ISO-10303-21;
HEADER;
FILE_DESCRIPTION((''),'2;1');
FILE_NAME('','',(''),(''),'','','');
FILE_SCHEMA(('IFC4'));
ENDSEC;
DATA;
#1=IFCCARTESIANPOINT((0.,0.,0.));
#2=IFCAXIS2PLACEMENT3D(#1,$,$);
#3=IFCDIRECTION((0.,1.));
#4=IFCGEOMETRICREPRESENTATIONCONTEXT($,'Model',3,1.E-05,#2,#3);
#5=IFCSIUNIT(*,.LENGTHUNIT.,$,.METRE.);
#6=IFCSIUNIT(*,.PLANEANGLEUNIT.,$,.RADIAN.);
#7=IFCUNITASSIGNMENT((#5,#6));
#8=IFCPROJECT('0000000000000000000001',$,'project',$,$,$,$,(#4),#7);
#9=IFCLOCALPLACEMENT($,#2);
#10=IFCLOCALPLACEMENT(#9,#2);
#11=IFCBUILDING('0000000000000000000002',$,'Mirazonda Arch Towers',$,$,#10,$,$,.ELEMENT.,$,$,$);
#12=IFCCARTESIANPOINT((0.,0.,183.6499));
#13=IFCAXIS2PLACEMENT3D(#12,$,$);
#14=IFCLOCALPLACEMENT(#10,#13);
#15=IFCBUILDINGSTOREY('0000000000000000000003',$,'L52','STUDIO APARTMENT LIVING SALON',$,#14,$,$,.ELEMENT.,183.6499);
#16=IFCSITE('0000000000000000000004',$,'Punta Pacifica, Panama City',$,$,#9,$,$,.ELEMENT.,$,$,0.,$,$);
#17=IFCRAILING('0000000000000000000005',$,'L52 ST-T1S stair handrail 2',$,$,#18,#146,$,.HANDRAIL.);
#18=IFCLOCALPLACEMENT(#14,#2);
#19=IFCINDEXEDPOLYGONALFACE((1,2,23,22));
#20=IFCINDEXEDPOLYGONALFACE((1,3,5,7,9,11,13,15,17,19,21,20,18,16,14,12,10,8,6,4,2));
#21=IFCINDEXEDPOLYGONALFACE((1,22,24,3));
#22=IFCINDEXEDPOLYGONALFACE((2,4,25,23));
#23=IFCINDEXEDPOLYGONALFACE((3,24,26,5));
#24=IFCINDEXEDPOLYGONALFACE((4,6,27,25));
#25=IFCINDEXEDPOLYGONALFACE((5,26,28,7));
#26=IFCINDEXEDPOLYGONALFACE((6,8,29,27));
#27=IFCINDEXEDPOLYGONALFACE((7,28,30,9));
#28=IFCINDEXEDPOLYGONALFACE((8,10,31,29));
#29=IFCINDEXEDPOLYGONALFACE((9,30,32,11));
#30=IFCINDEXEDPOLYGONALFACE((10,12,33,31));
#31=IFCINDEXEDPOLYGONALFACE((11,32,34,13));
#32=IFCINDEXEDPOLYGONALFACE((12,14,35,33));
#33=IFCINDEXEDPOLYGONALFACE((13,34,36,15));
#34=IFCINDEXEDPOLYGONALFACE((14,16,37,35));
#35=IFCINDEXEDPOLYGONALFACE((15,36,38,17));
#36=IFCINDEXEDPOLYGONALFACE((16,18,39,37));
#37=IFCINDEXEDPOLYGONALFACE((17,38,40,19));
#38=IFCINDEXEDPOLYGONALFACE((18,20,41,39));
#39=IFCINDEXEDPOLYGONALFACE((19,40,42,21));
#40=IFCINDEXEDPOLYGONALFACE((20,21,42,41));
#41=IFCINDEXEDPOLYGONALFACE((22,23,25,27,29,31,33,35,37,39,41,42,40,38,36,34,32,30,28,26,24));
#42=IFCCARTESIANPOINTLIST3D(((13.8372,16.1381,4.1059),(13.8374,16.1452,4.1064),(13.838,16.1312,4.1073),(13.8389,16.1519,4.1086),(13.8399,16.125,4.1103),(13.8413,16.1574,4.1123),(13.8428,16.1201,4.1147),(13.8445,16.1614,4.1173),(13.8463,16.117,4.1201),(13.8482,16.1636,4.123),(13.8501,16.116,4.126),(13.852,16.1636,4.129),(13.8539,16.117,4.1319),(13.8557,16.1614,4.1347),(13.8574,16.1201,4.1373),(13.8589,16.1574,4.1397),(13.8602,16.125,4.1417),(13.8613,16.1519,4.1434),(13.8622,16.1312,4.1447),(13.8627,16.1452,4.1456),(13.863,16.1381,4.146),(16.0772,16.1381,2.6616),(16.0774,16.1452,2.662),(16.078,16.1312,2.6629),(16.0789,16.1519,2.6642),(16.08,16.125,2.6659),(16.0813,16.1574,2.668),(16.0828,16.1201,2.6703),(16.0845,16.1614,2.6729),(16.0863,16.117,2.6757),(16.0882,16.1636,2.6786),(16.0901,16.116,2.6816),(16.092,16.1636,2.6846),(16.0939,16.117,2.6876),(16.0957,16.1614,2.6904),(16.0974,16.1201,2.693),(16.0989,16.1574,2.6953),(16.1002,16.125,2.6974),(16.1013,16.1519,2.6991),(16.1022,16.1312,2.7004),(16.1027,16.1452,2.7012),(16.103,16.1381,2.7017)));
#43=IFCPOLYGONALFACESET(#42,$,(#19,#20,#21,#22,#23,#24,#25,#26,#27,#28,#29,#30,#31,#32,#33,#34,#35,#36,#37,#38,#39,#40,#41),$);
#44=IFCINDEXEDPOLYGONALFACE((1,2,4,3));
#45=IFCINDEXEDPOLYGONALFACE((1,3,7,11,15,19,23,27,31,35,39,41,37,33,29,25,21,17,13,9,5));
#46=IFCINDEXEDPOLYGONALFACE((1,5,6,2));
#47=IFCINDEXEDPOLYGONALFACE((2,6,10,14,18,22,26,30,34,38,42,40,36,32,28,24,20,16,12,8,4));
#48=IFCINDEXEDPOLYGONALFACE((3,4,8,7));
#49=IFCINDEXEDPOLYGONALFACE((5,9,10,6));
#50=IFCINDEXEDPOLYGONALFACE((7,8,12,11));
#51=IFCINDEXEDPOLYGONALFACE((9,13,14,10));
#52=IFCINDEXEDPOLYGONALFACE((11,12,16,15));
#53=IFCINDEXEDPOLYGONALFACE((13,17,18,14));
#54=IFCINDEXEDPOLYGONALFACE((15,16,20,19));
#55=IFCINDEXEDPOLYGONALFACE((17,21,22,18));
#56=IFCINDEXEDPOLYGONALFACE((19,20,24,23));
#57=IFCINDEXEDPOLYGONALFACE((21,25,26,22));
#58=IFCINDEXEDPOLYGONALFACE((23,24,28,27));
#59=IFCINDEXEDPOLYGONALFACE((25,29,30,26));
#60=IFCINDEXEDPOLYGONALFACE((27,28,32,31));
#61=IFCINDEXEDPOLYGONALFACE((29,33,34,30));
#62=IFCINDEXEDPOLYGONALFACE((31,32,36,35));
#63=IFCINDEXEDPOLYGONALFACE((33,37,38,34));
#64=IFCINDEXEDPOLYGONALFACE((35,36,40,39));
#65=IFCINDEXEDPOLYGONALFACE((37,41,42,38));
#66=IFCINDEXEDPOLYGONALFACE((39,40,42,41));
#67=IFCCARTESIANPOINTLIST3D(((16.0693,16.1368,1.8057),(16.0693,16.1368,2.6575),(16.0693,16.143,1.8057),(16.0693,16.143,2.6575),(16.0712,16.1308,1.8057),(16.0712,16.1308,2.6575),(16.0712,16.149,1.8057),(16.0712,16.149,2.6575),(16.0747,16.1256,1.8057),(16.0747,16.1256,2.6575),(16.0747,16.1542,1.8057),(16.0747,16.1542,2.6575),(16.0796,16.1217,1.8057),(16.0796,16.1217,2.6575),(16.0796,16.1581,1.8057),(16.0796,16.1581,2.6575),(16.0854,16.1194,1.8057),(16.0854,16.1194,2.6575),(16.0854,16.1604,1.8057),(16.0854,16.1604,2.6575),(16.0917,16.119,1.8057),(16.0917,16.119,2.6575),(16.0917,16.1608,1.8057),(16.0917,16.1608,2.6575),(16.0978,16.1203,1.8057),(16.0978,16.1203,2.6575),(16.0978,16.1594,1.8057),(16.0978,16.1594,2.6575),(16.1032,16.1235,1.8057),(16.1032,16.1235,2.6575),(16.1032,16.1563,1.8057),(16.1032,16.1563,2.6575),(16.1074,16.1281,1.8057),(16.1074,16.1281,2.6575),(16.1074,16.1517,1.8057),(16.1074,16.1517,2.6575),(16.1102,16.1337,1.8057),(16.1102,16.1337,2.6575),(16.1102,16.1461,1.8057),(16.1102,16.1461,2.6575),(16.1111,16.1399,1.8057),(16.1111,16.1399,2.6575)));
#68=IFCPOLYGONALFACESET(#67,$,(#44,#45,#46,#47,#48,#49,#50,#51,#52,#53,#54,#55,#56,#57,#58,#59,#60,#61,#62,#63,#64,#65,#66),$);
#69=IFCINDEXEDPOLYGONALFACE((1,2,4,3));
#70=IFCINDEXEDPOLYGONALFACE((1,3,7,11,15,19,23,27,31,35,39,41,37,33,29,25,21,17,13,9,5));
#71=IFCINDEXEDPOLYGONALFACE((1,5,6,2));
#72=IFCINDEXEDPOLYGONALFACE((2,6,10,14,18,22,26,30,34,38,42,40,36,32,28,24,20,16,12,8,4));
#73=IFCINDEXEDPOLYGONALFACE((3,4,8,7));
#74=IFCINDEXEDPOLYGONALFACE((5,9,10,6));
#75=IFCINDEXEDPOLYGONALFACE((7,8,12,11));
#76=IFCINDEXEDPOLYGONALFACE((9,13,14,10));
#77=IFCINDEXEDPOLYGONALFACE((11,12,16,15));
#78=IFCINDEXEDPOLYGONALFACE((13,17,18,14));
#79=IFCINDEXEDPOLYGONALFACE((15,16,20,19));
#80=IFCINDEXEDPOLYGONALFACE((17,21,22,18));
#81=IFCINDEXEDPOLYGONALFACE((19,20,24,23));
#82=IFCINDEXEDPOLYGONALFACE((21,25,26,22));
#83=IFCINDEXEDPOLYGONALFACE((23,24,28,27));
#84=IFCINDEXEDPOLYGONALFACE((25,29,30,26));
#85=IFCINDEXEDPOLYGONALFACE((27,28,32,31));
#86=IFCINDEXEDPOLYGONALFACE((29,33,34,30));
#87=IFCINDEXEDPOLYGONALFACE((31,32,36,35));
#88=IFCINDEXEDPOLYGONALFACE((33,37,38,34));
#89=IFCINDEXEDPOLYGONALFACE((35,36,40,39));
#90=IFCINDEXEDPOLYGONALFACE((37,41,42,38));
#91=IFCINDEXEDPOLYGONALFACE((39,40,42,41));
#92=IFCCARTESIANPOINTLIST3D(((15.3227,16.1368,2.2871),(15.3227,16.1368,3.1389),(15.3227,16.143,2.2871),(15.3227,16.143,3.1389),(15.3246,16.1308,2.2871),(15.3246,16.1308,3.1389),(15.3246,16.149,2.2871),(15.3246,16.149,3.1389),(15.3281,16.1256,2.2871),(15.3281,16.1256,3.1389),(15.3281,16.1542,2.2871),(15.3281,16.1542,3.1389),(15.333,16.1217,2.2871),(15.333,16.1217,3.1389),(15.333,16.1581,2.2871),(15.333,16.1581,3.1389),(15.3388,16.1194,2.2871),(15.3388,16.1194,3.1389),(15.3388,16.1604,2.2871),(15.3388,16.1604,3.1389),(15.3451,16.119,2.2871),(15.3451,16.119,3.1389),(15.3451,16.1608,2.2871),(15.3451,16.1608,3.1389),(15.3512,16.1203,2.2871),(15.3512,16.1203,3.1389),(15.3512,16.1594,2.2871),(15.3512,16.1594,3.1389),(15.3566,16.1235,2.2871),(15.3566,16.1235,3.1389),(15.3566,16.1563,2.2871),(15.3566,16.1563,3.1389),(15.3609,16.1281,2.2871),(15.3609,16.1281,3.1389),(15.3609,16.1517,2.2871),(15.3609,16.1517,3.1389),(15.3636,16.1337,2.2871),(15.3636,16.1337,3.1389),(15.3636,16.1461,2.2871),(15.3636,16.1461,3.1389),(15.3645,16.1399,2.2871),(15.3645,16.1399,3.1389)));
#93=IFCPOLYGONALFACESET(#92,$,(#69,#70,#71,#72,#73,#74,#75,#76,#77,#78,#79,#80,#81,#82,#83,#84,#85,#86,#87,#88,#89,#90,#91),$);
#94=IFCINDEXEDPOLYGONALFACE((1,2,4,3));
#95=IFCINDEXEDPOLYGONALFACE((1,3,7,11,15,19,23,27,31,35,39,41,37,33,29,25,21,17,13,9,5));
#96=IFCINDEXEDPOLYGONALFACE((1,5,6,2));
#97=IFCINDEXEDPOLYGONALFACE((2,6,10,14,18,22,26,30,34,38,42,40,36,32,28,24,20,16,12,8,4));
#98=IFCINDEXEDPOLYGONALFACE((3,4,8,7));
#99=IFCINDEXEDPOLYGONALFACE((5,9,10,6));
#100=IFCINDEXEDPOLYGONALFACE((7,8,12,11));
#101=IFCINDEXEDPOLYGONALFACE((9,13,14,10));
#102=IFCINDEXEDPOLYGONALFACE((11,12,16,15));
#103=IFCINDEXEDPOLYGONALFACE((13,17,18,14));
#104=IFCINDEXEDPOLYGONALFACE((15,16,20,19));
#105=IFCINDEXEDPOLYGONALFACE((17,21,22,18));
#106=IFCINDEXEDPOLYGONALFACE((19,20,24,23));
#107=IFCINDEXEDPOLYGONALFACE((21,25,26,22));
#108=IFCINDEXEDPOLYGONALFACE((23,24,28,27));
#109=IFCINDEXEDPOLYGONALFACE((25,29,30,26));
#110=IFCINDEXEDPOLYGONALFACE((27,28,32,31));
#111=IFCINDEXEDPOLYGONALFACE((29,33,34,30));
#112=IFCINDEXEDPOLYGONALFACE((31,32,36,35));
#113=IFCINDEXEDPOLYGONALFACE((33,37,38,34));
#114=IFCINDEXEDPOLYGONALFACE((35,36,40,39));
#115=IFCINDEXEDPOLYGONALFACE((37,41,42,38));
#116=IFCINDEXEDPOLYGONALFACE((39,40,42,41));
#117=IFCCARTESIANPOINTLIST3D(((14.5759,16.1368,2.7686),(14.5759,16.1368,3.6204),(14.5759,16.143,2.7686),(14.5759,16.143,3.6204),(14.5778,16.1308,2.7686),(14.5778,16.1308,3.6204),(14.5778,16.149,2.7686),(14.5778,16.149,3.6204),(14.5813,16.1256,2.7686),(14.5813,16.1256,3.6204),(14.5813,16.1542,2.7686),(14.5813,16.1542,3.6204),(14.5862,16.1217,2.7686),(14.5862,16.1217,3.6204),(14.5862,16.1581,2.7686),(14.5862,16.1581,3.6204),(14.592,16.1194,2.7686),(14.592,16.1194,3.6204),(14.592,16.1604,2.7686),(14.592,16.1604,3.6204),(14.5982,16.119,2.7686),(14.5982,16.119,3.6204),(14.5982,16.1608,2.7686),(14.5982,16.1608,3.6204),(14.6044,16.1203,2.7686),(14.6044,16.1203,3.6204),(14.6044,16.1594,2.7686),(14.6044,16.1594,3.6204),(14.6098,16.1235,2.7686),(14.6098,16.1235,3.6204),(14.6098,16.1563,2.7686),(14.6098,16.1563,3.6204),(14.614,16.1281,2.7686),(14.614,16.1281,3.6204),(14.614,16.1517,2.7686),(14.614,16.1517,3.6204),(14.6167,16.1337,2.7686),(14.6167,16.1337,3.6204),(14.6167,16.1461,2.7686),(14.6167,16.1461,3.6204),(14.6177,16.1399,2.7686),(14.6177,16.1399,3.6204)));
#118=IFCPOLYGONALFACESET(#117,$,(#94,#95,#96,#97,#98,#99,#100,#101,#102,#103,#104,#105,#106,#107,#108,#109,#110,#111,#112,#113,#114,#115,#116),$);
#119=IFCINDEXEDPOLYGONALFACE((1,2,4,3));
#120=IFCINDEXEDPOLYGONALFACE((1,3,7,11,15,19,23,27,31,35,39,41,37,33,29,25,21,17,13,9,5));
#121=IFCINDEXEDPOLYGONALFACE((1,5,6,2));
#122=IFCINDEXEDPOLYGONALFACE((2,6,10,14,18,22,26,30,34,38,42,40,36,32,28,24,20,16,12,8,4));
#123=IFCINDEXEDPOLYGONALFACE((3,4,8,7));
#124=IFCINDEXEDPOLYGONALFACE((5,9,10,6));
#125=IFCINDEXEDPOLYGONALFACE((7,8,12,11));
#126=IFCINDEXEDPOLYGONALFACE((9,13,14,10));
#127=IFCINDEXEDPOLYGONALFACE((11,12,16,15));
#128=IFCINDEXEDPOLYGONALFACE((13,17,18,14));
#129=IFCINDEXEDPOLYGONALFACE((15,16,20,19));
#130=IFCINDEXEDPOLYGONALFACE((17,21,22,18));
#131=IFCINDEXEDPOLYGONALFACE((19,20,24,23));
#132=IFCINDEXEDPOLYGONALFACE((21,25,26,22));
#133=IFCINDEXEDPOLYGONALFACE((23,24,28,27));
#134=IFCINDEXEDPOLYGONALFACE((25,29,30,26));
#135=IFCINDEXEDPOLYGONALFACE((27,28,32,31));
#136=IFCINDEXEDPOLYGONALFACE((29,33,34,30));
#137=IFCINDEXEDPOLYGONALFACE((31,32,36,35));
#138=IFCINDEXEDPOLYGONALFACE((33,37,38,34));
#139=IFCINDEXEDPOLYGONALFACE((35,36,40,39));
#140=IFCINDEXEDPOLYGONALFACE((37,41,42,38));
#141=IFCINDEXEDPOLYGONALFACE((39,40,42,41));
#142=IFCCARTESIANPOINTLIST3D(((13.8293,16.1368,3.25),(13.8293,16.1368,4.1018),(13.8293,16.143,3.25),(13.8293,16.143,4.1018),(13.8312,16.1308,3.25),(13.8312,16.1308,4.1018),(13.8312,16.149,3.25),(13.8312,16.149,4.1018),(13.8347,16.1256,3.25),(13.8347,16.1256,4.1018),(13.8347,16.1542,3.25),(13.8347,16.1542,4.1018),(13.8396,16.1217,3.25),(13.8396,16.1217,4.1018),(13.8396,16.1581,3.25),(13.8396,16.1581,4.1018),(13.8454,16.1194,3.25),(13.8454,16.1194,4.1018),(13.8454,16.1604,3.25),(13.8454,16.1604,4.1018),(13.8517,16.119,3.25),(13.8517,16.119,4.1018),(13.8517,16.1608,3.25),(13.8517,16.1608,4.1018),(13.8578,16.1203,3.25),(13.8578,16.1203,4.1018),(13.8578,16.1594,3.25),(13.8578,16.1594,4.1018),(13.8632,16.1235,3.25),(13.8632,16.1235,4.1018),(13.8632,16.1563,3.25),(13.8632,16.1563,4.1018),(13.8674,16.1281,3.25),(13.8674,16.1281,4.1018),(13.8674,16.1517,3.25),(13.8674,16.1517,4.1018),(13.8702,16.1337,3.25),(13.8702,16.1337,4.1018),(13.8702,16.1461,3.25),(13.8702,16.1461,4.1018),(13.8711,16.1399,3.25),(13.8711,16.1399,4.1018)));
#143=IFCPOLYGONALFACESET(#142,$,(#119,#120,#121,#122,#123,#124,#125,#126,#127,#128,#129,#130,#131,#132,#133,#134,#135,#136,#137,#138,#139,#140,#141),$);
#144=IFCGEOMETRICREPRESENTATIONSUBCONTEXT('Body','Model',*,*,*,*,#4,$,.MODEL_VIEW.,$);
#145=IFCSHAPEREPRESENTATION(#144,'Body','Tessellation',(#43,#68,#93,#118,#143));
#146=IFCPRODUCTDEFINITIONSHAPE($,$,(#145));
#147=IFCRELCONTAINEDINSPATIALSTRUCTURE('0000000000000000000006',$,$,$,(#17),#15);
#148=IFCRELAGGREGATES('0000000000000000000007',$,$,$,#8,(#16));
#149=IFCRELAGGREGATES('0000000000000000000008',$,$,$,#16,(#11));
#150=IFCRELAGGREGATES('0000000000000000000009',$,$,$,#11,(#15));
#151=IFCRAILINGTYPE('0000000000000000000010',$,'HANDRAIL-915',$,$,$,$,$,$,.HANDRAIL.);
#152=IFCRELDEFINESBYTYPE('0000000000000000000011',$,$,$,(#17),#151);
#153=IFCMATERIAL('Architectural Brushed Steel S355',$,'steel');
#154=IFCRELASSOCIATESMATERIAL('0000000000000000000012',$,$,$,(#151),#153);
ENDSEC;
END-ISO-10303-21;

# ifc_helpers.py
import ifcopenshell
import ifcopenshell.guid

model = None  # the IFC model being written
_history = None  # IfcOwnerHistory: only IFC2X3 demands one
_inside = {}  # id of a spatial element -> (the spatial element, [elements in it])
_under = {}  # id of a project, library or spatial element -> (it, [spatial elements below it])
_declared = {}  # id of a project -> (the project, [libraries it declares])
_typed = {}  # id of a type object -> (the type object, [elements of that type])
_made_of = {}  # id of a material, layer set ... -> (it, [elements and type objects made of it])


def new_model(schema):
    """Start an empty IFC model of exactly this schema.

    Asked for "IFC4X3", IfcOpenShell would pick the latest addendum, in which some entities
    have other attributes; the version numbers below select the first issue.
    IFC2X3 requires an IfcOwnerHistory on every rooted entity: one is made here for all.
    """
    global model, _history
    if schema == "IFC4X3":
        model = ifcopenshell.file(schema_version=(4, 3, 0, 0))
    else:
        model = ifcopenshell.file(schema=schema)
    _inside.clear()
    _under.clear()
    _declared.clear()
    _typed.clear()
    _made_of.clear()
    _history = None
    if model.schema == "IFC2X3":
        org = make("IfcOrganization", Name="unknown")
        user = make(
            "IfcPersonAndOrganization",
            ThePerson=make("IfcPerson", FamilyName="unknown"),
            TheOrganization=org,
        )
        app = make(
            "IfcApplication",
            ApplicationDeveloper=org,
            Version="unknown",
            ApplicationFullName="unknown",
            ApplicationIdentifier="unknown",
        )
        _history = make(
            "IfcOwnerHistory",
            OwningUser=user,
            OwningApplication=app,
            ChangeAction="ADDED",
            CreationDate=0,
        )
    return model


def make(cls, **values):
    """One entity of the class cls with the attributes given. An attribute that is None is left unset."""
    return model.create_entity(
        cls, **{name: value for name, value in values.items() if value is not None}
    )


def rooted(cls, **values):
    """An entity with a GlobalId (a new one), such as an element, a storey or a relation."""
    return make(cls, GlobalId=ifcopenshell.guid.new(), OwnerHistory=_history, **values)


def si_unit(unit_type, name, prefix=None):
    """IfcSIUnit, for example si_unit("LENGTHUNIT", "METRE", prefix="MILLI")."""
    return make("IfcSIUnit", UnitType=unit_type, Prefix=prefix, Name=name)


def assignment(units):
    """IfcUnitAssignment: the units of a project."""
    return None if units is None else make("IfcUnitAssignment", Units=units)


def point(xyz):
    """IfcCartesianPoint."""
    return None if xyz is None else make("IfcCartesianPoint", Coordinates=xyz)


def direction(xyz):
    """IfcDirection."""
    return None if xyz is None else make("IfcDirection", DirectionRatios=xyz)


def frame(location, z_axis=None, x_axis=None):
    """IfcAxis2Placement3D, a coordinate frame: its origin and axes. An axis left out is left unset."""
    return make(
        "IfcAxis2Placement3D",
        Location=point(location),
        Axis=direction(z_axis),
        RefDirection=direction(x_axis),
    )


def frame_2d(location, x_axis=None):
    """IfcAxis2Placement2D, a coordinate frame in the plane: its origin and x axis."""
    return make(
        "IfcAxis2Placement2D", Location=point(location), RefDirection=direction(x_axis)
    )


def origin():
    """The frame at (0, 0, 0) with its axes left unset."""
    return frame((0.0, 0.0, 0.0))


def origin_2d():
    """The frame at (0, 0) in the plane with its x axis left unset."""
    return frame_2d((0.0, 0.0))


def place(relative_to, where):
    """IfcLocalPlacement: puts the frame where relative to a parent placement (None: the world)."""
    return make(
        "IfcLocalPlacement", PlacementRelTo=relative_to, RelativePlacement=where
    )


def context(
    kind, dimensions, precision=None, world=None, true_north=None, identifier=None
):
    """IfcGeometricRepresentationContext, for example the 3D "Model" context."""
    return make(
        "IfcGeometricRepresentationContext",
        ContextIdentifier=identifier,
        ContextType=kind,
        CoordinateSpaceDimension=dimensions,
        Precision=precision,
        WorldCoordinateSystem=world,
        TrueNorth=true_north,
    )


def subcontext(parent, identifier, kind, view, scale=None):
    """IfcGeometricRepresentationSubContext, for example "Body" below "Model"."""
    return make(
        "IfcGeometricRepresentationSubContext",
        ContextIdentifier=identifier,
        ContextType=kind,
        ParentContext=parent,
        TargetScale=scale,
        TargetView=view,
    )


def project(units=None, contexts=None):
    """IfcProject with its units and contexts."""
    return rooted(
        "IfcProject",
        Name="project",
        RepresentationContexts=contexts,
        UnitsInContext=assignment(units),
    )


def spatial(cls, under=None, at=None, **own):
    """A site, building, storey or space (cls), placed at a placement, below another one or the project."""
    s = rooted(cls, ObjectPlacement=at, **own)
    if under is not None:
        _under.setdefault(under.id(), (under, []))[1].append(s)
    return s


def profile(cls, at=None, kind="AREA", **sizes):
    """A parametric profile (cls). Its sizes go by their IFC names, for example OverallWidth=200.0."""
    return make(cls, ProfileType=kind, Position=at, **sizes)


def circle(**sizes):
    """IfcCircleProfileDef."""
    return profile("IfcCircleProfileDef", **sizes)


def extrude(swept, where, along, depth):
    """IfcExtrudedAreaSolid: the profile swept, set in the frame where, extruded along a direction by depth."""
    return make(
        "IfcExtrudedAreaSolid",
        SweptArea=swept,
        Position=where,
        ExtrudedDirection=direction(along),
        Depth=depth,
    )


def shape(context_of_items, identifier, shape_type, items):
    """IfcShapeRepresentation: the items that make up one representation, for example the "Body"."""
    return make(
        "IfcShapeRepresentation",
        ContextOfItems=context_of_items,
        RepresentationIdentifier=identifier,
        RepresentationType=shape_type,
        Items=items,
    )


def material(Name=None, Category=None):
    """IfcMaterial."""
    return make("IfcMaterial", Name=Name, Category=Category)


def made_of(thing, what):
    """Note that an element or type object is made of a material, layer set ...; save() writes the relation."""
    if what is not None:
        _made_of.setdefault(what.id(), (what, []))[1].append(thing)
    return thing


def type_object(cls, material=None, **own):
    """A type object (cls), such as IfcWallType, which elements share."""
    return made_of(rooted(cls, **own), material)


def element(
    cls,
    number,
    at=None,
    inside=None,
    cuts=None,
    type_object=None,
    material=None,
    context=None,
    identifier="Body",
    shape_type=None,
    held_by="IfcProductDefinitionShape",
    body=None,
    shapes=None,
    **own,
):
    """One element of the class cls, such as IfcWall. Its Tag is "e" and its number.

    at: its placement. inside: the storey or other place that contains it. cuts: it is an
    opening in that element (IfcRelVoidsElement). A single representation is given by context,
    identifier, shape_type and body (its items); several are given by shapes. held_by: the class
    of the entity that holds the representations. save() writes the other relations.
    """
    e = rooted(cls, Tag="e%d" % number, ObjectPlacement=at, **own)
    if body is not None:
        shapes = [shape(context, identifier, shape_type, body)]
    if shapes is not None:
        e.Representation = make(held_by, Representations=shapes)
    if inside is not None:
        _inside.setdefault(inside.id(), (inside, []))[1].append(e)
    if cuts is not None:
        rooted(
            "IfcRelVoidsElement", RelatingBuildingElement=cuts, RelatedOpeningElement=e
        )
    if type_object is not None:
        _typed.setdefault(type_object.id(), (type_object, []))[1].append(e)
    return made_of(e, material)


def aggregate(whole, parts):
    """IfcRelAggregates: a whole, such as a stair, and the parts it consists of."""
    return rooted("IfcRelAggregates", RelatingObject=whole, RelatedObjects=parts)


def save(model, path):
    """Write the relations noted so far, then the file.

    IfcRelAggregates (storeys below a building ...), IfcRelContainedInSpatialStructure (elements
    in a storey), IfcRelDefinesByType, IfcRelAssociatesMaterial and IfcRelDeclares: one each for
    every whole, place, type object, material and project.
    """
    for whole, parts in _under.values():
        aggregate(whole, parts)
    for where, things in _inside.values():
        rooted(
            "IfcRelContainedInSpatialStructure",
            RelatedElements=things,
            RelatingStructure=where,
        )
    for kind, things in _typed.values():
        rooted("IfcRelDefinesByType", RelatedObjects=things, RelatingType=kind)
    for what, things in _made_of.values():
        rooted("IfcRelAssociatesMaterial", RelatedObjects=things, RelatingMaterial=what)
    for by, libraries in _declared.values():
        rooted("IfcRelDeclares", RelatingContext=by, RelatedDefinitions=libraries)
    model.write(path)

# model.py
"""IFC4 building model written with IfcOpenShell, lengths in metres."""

from ifc_helpers import new_model, si_unit, direction, frame, origin, origin_2d, place, context, subcontext, project, spatial, circle, extrude, material, type_object, element, save


model = new_model("IFC4")

# Units and contexts
model_context = context("Model", 3, precision=1e-05, world=origin(), true_north=direction((0.0, 1.0)))
body_context = subcontext(model_context, "Body", "Model", "MODEL_VIEW")
ifc_project = project(units=[si_unit("LENGTHUNIT", "METRE"), si_unit("PLANEANGLEUNIT", "RADIAN")], contexts=[model_context])

# Site, building, storey
site_placement = place(None, origin())
site = spatial("IfcSite", under=ifc_project, at=site_placement, Name="Punta Pacifica, Panama City", CompositionType="ELEMENT", RefElevation=0.0)
building_placement = place(site_placement, origin())
building = spatial("IfcBuilding", under=site, at=building_placement, Name="Mirazonda Arch Towers", CompositionType="ELEMENT")
storey_placement = place(building_placement, frame((0.0, 0.0, 183.6499)))
storey = spatial("IfcBuildingStorey", under=building, at=storey_placement, Name="L52", Description="STUDIO APARTMENT LIVING SALON", CompositionType="ELEMENT", Elevation=183.6499)

# Shared definitions
ifc_material_1 = material(Name="Architectural Brushed Steel S355", Category="steel")

# Railing
railing_type_1 = type_object("IfcRailingType", Name="HANDRAIL-915", PredefinedType="HANDRAIL", material=ifc_material_1)
railing_1_placement = place(storey_placement, frame((16.0901, 16.1399, 1.8057)))
element("IfcRailing", 1, at=railing_1_placement, inside=storey, type_object=railing_type_1, Name="L52 ST-T1S stair handrail 2", PredefinedType="HANDRAIL", context=body_context, shape_type="SweptSolid", body=[
    extrude(circle(Radius=0.0239, at=origin_2d()), frame((0.0, 0.0, 0.876), z_axis=(-0.840437, 0.0, 0.54191), x_axis=(0.0, -1.0, 0.0)), (0.0, 0.0, 1.0), 2.6653),
    extrude(circle(Radius=0.021, at=origin_2d()), origin(), (0.0, 0.0, 1.0), 0.8518),
    extrude(circle(Radius=0.021, at=origin_2d()), frame((-0.7466, 0.0, 0.4814)), (0.0, 0.0, 1.0), 0.8518),
    extrude(circle(Radius=0.021, at=origin_2d()), frame((-1.4934, 0.0, 0.9629)), (0.0, 0.0, 1.0), 0.8518),
    extrude(circle(Radius=0.021, at=origin_2d()), frame((-2.24, 0.0, 1.4443)), (0.0, 0.0, 1.0), 0.8518),
])

save(model, "model.ifc")
